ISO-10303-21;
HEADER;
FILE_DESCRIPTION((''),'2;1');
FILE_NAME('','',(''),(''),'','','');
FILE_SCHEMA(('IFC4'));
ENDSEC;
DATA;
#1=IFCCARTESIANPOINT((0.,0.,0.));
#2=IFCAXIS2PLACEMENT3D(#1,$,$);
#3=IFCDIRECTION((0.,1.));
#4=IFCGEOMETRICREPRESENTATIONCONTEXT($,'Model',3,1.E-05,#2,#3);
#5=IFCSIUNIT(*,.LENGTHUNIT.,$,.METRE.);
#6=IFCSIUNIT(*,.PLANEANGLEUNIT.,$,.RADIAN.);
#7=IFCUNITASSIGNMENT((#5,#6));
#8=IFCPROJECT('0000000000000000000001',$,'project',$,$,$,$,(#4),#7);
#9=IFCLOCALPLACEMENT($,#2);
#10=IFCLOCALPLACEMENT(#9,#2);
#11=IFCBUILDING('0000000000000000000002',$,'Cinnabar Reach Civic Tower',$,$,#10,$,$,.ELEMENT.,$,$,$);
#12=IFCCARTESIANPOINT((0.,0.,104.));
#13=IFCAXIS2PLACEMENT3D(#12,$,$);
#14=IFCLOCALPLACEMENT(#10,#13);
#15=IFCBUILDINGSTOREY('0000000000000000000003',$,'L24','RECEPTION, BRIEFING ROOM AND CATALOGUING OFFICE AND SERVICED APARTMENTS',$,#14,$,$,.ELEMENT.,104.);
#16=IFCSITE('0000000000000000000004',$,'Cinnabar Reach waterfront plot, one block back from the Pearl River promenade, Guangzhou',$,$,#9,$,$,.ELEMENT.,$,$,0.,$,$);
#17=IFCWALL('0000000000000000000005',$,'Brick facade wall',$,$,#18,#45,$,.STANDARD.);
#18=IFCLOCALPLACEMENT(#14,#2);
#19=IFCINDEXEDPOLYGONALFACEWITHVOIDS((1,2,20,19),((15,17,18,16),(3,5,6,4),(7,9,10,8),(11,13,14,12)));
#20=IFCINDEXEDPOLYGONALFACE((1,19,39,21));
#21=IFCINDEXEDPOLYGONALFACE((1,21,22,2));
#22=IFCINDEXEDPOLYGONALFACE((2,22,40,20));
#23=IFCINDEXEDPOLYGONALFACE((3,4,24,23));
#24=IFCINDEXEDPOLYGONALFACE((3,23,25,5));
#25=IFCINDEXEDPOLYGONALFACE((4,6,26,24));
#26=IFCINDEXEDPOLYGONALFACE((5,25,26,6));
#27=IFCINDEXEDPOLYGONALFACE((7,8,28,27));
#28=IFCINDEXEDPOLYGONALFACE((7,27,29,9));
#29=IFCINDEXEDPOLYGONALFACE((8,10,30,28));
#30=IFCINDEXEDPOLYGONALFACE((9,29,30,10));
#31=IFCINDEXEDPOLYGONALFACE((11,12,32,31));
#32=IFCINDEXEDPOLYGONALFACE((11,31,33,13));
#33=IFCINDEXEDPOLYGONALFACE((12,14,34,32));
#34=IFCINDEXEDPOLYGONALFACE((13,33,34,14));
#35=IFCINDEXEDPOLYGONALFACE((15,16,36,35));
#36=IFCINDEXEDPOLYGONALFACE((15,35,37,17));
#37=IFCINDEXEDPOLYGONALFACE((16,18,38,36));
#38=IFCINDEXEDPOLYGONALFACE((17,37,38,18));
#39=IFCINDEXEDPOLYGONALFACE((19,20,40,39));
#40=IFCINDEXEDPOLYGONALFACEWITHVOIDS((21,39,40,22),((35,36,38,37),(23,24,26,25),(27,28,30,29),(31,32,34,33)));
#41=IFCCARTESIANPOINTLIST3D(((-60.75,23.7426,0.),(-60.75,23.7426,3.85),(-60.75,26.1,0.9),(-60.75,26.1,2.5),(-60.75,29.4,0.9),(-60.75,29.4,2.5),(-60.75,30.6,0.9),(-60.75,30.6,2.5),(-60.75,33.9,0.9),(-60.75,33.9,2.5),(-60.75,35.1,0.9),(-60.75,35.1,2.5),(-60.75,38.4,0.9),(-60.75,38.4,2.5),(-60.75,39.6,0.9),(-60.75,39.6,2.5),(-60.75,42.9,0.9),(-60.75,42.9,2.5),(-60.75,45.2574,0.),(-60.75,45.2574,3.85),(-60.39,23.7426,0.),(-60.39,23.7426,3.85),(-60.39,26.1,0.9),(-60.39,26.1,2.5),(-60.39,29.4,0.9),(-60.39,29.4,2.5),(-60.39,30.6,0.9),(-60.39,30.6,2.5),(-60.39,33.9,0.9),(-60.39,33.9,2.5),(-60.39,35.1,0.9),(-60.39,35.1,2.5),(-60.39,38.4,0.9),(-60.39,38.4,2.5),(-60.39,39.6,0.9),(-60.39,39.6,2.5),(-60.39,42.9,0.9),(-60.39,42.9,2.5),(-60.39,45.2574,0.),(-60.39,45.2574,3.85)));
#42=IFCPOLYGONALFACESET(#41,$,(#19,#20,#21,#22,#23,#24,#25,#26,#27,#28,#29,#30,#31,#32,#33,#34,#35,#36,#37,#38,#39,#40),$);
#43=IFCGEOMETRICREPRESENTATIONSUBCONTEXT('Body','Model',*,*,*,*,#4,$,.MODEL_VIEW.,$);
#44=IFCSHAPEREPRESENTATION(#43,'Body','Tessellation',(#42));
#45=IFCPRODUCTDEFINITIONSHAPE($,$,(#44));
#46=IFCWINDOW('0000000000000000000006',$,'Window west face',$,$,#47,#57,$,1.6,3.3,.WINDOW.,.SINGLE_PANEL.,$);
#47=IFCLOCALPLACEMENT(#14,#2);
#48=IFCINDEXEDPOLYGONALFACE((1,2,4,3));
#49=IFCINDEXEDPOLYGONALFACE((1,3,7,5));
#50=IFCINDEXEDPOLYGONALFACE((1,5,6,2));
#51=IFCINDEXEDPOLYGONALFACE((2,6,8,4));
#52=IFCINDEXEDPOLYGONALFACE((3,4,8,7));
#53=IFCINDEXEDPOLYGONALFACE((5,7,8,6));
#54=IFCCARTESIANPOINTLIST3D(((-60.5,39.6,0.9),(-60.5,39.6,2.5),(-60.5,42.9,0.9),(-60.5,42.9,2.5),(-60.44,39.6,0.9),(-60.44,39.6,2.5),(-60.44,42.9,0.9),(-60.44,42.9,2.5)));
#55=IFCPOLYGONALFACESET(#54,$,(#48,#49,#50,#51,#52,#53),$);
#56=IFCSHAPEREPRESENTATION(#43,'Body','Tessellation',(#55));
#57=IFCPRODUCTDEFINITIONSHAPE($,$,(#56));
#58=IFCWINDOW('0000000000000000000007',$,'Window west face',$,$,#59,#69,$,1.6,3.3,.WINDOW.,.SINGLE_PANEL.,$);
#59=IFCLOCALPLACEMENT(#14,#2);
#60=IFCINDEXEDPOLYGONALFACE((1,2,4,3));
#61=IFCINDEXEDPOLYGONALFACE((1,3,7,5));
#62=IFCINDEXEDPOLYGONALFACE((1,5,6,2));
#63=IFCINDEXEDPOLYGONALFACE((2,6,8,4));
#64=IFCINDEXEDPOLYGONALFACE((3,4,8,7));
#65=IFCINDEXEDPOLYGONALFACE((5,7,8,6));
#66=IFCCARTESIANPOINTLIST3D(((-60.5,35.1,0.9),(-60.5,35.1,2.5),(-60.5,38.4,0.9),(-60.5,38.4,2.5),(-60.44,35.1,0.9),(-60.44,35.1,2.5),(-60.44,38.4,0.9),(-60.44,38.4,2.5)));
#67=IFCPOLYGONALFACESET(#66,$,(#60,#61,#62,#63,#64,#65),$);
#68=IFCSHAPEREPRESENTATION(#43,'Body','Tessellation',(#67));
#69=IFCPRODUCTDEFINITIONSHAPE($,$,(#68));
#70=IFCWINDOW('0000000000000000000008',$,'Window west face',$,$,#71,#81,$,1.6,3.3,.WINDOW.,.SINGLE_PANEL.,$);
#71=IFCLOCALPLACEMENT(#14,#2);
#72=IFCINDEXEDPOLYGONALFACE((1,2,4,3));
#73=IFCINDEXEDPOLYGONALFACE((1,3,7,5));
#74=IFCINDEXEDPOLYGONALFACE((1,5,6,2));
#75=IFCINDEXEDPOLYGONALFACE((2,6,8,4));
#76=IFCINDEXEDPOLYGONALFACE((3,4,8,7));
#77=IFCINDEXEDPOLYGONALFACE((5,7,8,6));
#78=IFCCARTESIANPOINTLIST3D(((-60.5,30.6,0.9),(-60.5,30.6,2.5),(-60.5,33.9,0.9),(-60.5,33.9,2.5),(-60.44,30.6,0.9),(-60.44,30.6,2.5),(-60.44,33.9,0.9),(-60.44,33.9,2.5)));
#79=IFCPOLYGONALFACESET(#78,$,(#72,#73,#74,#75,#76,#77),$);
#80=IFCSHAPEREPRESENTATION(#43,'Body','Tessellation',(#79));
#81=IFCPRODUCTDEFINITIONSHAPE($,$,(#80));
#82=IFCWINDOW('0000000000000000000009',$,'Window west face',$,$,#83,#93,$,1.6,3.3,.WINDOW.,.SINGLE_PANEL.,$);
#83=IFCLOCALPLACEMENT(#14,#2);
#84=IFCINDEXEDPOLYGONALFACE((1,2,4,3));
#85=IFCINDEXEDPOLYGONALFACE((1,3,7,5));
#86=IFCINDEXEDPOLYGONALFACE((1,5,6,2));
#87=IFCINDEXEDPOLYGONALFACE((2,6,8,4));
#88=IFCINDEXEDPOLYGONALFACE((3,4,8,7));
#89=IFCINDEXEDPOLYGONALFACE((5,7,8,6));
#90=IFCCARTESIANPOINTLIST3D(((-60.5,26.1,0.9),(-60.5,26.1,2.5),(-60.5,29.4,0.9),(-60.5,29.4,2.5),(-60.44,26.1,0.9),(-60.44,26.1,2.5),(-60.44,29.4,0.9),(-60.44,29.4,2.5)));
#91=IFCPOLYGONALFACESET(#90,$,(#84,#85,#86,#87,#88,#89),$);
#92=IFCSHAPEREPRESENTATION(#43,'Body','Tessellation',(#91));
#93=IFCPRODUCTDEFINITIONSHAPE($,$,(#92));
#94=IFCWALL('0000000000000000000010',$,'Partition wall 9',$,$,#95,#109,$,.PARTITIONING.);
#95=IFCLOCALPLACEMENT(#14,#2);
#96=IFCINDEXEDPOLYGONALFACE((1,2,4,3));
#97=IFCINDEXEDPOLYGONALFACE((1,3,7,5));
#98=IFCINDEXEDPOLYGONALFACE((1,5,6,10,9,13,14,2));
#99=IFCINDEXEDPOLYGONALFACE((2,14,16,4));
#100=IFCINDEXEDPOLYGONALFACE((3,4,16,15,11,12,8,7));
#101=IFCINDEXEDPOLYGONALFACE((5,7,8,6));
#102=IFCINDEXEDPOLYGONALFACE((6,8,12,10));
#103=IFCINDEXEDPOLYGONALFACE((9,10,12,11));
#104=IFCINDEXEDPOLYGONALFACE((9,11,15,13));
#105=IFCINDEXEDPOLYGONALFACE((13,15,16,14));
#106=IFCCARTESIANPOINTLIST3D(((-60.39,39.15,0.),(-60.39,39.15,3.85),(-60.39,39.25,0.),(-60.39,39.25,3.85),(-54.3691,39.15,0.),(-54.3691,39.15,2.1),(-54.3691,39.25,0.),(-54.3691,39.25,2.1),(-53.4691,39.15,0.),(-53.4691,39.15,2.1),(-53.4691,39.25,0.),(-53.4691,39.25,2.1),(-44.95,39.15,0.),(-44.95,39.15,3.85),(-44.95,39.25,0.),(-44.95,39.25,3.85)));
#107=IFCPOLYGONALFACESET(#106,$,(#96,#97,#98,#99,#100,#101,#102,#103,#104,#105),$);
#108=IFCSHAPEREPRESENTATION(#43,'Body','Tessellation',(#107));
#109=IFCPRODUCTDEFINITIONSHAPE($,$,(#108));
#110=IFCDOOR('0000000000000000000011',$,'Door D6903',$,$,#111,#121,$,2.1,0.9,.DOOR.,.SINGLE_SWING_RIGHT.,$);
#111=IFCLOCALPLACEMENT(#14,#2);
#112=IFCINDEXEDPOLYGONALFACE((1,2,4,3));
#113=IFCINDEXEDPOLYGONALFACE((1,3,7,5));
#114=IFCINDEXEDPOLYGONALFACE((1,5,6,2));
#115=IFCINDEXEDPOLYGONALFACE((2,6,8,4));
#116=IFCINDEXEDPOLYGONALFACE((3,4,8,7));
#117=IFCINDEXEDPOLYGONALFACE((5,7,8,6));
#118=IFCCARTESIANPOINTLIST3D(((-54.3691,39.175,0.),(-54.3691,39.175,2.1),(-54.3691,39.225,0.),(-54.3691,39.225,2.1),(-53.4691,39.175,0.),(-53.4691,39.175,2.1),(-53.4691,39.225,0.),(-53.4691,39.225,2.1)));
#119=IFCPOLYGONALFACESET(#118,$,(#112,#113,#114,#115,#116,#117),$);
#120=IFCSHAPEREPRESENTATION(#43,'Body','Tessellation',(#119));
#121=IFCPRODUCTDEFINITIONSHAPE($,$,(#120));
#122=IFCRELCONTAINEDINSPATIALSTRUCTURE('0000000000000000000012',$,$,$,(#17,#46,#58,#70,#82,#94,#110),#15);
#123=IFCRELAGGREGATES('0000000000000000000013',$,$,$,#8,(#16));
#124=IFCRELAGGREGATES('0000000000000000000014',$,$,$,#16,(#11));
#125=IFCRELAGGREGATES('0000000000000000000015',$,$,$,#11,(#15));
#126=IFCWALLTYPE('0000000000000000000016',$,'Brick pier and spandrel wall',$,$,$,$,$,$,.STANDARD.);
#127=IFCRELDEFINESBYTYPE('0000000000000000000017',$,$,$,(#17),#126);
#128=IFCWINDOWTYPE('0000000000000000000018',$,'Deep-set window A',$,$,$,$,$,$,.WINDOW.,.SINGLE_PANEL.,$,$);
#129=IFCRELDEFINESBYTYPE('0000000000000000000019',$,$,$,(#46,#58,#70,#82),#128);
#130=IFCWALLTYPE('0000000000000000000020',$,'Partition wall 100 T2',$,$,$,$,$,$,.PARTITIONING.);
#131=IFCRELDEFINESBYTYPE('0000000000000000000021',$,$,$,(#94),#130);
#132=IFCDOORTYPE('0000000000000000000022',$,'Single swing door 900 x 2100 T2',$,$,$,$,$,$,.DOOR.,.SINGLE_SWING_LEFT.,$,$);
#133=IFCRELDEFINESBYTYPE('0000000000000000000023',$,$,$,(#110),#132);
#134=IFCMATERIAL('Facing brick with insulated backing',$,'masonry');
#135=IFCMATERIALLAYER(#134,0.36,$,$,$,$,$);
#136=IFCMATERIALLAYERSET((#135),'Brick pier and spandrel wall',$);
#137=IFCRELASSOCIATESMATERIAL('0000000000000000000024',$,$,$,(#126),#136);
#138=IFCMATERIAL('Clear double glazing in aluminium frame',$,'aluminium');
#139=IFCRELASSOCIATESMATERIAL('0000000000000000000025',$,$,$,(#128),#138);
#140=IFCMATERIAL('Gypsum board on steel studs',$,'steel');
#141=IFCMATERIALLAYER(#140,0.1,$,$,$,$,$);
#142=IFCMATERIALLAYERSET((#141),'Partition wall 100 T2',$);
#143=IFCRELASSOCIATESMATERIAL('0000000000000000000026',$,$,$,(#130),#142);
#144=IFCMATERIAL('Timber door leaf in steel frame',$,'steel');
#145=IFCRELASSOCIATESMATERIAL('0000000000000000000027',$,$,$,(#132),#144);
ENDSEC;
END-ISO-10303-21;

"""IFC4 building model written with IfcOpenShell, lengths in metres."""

from ifc_helpers import new_model, si_unit, direction, frame, frame_2d, origin, place, context, subcontext, project, spatial, rectangle, extrude, material, layer, layer_set, type_object, element, fill, save


model = new_model("IFC4")

# Units and contexts
model_context = context("Model", 3, precision=1e-05, world=origin(), true_north=direction((0.0, 1.0)))
body_context = subcontext(model_context, "Body", "Model", "MODEL_VIEW")
ifc_project = project(units=[si_unit("LENGTHUNIT", "METRE"), si_unit("PLANEANGLEUNIT", "RADIAN")], contexts=[model_context])

# Site, building, storey
site_placement = place(None, origin())
site = spatial("IfcSite", under=ifc_project, at=site_placement, Name="Cinnabar Reach waterfront plot, one block back from the Pearl River promenade, Guangzhou", CompositionType="ELEMENT", RefElevation=0.0)
building_placement = place(site_placement, origin())
building = spatial("IfcBuilding", under=site, at=building_placement, Name="Cinnabar Reach Civic Tower", CompositionType="ELEMENT")
storey_placement = place(building_placement, frame((0.0, 0.0, 104.0)))
storey = spatial("IfcBuildingStorey", under=building, at=storey_placement, Name="L24", Description="RECEPTION, BRIEFING ROOM AND CATALOGUING OFFICE AND SERVICED APARTMENTS", CompositionType="ELEMENT", Elevation=104.0)

# Shared definitions
ifc_material_1 = material(Name="Facing brick with insulated backing", Category="masonry")
ifc_layer_1 = layer(ifc_material_1, 0.36)
ifc_layer_set_1 = layer_set([ifc_layer_1], Name="Brick pier and spandrel wall")
wall_type_1 = type_object("IfcWallType", Name="Brick pier and spandrel wall", PredefinedType="STANDARD", material=ifc_layer_set_1)

# Wall, openings, windows
wall_1_placement = place(storey_placement, frame((-60.57, 45.2574, 0.0), z_axis=(0.0, 0.0, 1.0), x_axis=(0.0, -1.0, 0.0)))
wall_1 = element("IfcWall", 1, at=wall_1_placement, inside=storey, type_object=wall_type_1, Name="Brick facade wall", PredefinedType="STANDARD", context=body_context, shape_type="SweptSolid", body=[
    extrude(rectangle(XDim=21.5148, YDim=0.36, at=frame_2d((10.7574, 0.0))), origin(), (0.0, 0.0, 1.0), 3.85),
])
opening_1_placement = place(wall_1_placement, frame((2.3574, 0.0, 0.9)))
opening_1 = element("IfcOpeningElement", 2, at=opening_1_placement, cuts=wall_1, PredefinedType="OPENING", context=body_context, shape_type="SweptSolid", body=[
    extrude(rectangle(XDim=3.3, YDim=1.6, at=frame_2d((1.65, 0.8))), frame((0.0, 0.19, 0.0), z_axis=(0.0, -1.0, 0.0), x_axis=(1.0, 0.0, 0.0)), (0.0, 0.0, 1.0), 0.38),
])
opening_2_placement = place(wall_1_placement, frame((6.8574, 0.0, 0.9)))
opening_2 = element("IfcOpeningElement", 3, at=opening_2_placement, cuts=wall_1, PredefinedType="OPENING", context=body_context, shape_type="SweptSolid", body=[
    extrude(rectangle(XDim=3.3, YDim=1.6, at=frame_2d((1.65, 0.8))), frame((0.0, 0.19, 0.0), z_axis=(0.0, -1.0, 0.0), x_axis=(1.0, 0.0, 0.0)), (0.0, 0.0, 1.0), 0.38),
])
opening_3_placement = place(wall_1_placement, frame((11.3574, 0.0, 0.9)))
opening_3 = element("IfcOpeningElement", 4, at=opening_3_placement, cuts=wall_1, PredefinedType="OPENING", context=body_context, shape_type="SweptSolid", body=[
    extrude(rectangle(XDim=3.3, YDim=1.6, at=frame_2d((1.65, 0.8))), frame((0.0, 0.19, 0.0), z_axis=(0.0, -1.0, 0.0), x_axis=(1.0, 0.0, 0.0)), (0.0, 0.0, 1.0), 0.38),
])
opening_4_placement = place(wall_1_placement, frame((15.8574, 0.0, 0.9)))
opening_4 = element("IfcOpeningElement", 5, at=opening_4_placement, cuts=wall_1, PredefinedType="OPENING", context=body_context, shape_type="SweptSolid", body=[
    extrude(rectangle(XDim=3.3, YDim=1.6, at=frame_2d((1.65, 0.8))), frame((0.0, 0.19, 0.0), z_axis=(0.0, -1.0, 0.0), x_axis=(1.0, 0.0, 0.0)), (0.0, 0.0, 1.0), 0.38),
])
ifc_material_2 = material(Name="Clear double glazing in aluminium frame", Category="aluminium")
window_type = type_object("IfcWindowType", Name="Deep-set window A", PartitioningType="SINGLE_PANEL", PredefinedType="WINDOW", material=ifc_material_2)
window_1_placement = place(opening_1_placement, origin())
window_1 = element("IfcWindow", 6, at=window_1_placement, inside=storey, type_object=window_type, Name="Window west face", OverallHeight=1.6, OverallWidth=3.3, PartitioningType="SINGLE_PANEL", PredefinedType="WINDOW", context=body_context, shape_type="SweptSolid", body=[
    extrude(rectangle(XDim=3.3, YDim=1.6, at=frame_2d((1.65, 0.8))), frame((0.0, 0.13, 0.0), z_axis=(0.0, -1.0, 0.0), x_axis=(1.0, 0.0, 0.0)), (0.0, 0.0, 1.0), 0.06),
])
fill(opening_1, window_1)
window_2_placement = place(opening_2_placement, origin())
window_2 = element("IfcWindow", 7, at=window_2_placement, inside=storey, type_object=window_type, Name="Window west face", OverallHeight=1.6, OverallWidth=3.3, PartitioningType="SINGLE_PANEL", PredefinedType="WINDOW", context=body_context, shape_type="SweptSolid", body=[
    extrude(rectangle(XDim=3.3, YDim=1.6, at=frame_2d((1.65, 0.8))), frame((0.0, 0.13, 0.0), z_axis=(0.0, -1.0, 0.0), x_axis=(1.0, 0.0, 0.0)), (0.0, 0.0, 1.0), 0.06),
])
fill(opening_2, window_2)
window_3_placement = place(opening_3_placement, origin())
window_3 = element("IfcWindow", 8, at=window_3_placement, inside=storey, type_object=window_type, Name="Window west face", OverallHeight=1.6, OverallWidth=3.3, PartitioningType="SINGLE_PANEL", PredefinedType="WINDOW", context=body_context, shape_type="SweptSolid", body=[
    extrude(rectangle(XDim=3.3, YDim=1.6, at=frame_2d((1.65, 0.8))), frame((0.0, 0.13, 0.0), z_axis=(0.0, -1.0, 0.0), x_axis=(1.0, 0.0, 0.0)), (0.0, 0.0, 1.0), 0.06),
])
fill(opening_3, window_3)
window_4_placement = place(opening_4_placement, origin())
window_4 = element("IfcWindow", 9, at=window_4_placement, inside=storey, type_object=window_type, Name="Window west face", OverallHeight=1.6, OverallWidth=3.3, PartitioningType="SINGLE_PANEL", PredefinedType="WINDOW", context=body_context, shape_type="SweptSolid", body=[
    extrude(rectangle(XDim=3.3, YDim=1.6, at=frame_2d((1.65, 0.8))), frame((0.0, 0.13, 0.0), z_axis=(0.0, -1.0, 0.0), x_axis=(1.0, 0.0, 0.0)), (0.0, 0.0, 1.0), 0.06),
])
fill(opening_4, window_4)

# Wall, opening, door
ifc_material_3 = material(Name="Gypsum board on steel studs", Category="steel")
ifc_layer_2 = layer(ifc_material_3, 0.1)
ifc_layer_set_2 = layer_set([ifc_layer_2], Name="Partition wall 100 T2")
wall_type_2 = type_object("IfcWallType", Name="Partition wall 100 T2", PredefinedType="PARTITIONING", material=ifc_layer_set_2)
wall_2_placement = place(storey_placement, frame((-60.39, 39.2, 0.0), z_axis=(0.0, 0.0, 1.0), x_axis=(1.0, 0.0, 0.0)))
wall_2 = element("IfcWall", 10, at=wall_2_placement, inside=storey, type_object=wall_type_2, Name="Partition wall 9", PredefinedType="PARTITIONING", context=body_context, shape_type="SweptSolid", body=[
    extrude(rectangle(XDim=15.44, YDim=0.1, at=frame_2d((7.72, 0.0))), origin(), (0.0, 0.0, 1.0), 3.85),
])
opening_5_placement = place(wall_2_placement, frame((6.0209, 0.0, 0.0)))
opening_5 = element("IfcOpeningElement", 11, at=opening_5_placement, cuts=wall_2, PredefinedType="OPENING", context=body_context, shape_type="SweptSolid", body=[
    extrude(rectangle(XDim=0.9, YDim=2.1, at=frame_2d((0.45, 1.05))), frame((0.0, 0.06, 0.0), z_axis=(0.0, -1.0, 0.0), x_axis=(1.0, 0.0, 0.0)), (0.0, 0.0, 1.0), 0.12),
])
ifc_material_4 = material(Name="Timber door leaf in steel frame", Category="steel")
door_type = type_object("IfcDoorType", Name="Single swing door 900 x 2100 T2", OperationType="SINGLE_SWING_LEFT", PredefinedType="DOOR", material=ifc_material_4)
door_placement = place(opening_5_placement, frame((0.9, 0.0, 0.0), z_axis=(0.0, 0.0, 1.0), x_axis=(-1.0, 0.0, 0.0)))
door = element("IfcDoor", 12, at=door_placement, inside=storey, type_object=door_type, Name="Door D6903", OperationType="SINGLE_SWING_RIGHT", OverallHeight=2.1, OverallWidth=0.9, PredefinedType="DOOR", context=body_context, shape_type="SweptSolid", body=[
    extrude(rectangle(XDim=0.9, YDim=2.1, at=frame_2d((0.45, 1.05))), frame((0.0, 0.025, 0.0), z_axis=(0.0, -1.0, 0.0), x_axis=(1.0, 0.0, 0.0)), (0.0, 0.0, 1.0), 0.05),
])
fill(opening_5, door)

save(model, "model.ifc")
